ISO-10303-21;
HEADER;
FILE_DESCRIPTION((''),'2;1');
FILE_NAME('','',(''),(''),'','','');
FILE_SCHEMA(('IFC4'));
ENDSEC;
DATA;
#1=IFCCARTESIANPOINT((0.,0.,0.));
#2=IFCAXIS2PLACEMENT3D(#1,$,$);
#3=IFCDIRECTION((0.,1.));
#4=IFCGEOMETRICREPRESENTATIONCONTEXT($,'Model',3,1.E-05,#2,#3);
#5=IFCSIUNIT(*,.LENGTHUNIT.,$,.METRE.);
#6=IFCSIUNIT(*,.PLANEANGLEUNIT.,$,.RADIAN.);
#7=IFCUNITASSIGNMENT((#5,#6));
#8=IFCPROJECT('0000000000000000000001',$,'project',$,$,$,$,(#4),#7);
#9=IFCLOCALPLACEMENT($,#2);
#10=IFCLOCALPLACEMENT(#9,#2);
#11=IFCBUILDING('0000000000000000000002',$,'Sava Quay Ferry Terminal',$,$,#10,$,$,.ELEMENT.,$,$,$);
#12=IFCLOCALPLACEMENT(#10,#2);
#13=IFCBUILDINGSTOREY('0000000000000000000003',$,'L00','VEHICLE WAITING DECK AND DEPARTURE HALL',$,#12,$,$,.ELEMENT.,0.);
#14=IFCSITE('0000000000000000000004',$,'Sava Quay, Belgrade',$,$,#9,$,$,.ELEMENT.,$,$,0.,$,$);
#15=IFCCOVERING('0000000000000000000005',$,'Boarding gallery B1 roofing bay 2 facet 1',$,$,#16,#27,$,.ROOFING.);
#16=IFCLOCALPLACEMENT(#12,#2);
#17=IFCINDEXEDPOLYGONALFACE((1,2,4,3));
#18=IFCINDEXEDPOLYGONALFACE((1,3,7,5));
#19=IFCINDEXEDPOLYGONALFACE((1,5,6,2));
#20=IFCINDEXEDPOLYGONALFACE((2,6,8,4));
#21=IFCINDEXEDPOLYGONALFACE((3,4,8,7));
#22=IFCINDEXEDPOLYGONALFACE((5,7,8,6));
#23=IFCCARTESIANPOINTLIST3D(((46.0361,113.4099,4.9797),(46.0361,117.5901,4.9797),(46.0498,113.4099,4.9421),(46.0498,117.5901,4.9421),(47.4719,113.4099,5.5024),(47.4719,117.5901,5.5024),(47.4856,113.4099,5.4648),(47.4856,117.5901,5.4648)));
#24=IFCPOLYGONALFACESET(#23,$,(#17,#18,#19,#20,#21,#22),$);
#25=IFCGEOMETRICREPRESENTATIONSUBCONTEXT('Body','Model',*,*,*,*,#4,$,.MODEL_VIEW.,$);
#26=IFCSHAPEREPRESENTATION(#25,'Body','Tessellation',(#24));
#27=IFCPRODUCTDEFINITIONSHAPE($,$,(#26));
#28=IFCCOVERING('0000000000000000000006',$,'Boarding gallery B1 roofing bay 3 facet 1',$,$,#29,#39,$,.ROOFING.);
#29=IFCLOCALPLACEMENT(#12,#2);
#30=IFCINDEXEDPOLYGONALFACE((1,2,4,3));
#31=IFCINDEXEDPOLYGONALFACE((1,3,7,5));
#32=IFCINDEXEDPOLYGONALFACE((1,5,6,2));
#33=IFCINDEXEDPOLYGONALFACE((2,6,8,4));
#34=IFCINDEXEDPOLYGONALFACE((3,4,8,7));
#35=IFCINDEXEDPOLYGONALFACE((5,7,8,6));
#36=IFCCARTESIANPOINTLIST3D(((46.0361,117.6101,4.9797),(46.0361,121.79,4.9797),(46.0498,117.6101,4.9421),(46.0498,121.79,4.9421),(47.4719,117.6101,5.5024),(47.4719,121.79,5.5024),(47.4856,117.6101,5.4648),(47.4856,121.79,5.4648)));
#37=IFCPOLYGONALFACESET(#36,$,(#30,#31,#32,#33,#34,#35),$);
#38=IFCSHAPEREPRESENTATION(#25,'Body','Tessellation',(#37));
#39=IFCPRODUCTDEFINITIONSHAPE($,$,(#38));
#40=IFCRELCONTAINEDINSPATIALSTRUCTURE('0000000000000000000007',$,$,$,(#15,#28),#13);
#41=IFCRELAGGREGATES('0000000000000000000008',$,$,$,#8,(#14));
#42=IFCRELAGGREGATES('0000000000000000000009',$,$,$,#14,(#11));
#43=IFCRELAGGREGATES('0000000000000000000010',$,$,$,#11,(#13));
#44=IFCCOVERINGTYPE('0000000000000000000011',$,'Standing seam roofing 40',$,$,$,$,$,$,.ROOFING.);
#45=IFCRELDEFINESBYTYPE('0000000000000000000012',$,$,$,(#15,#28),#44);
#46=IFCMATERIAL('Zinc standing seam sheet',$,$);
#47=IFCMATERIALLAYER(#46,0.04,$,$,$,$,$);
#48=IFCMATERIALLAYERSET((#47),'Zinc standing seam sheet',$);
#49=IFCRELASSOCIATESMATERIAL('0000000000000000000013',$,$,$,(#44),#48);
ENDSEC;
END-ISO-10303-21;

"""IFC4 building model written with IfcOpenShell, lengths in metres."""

from ifc_helpers import new_model, si_unit, direction, frame, origin, place, context, subcontext, project, spatial, polyline, outline, extrude, material, layer, layer_set, type_object, element, save


model = new_model("IFC4")

# Units and contexts
model_context = context("Model", 3, precision=1e-05, world=origin(), true_north=direction((0.0, 1.0)))
body_context = subcontext(model_context, "Body", "Model", "MODEL_VIEW")
ifc_project = project(units=[si_unit("LENGTHUNIT", "METRE"), si_unit("PLANEANGLEUNIT", "RADIAN")], contexts=[model_context])

# Site, building, storey
site_placement = place(None, origin())
site = spatial("IfcSite", under=ifc_project, at=site_placement, Name="Sava Quay, Belgrade", CompositionType="ELEMENT", RefElevation=0.0)
building_placement = place(site_placement, origin())
building = spatial("IfcBuilding", under=site, at=building_placement, Name="Sava Quay Ferry Terminal", CompositionType="ELEMENT")
storey_placement = place(building_placement, origin())
storey = spatial("IfcBuildingStorey", under=building, at=storey_placement, Name="L00", Description="VEHICLE WAITING DECK AND DEPARTURE HALL", CompositionType="ELEMENT", Elevation=0.0)

# Coverings
ifc_material_1 = material(Name="Zinc standing seam sheet")
ifc_layer_1 = layer(ifc_material_1, 0.04)
ifc_layer_set_1 = layer_set([ifc_layer_1], Name="Zinc standing seam sheet")
covering_type = type_object("IfcCoveringType", Name="Standing seam roofing 40", PredefinedType="ROOFING", material=ifc_layer_set_1)
covering_1_placement = place(storey_placement, frame((46.0361, 113.4099, 4.9797), z_axis=(-0.342089, 0.0, 0.939667), x_axis=(0.939667, 0.0, 0.342089)))
element("IfcCovering", 1, at=covering_1_placement, inside=storey, type_object=covering_type, Name="Boarding gallery B1 roofing bay 2 facet 1", PredefinedType="ROOFING", context=body_context, shape_type="SweptSolid", body=[
    extrude(outline(polyline([(0.0, 0.0), (1.528, 0.0), (1.528, 4.1802), (0.0, 4.1802), (0.0, 0.0)])), origin(), (0.0, 0.0, -1.0), 0.04),
])
covering_2_placement = place(storey_placement, frame((46.0361, 117.6101, 4.9797), z_axis=(-0.342089, 0.0, 0.939667), x_axis=(0.939667, 0.0, 0.342089)))
element("IfcCovering", 2, at=covering_2_placement, inside=storey, type_object=covering_type, Name="Boarding gallery B1 roofing bay 3 facet 1", PredefinedType="ROOFING", context=body_context, shape_type="SweptSolid", body=[
    extrude(outline(polyline([(0.0, 0.0), (1.528, 0.0), (1.528, 4.1799), (0.0, 4.1799), (0.0, 0.0)])), origin(), (0.0, 0.0, -1.0), 0.04),
])

save(model, "model.ifc")
